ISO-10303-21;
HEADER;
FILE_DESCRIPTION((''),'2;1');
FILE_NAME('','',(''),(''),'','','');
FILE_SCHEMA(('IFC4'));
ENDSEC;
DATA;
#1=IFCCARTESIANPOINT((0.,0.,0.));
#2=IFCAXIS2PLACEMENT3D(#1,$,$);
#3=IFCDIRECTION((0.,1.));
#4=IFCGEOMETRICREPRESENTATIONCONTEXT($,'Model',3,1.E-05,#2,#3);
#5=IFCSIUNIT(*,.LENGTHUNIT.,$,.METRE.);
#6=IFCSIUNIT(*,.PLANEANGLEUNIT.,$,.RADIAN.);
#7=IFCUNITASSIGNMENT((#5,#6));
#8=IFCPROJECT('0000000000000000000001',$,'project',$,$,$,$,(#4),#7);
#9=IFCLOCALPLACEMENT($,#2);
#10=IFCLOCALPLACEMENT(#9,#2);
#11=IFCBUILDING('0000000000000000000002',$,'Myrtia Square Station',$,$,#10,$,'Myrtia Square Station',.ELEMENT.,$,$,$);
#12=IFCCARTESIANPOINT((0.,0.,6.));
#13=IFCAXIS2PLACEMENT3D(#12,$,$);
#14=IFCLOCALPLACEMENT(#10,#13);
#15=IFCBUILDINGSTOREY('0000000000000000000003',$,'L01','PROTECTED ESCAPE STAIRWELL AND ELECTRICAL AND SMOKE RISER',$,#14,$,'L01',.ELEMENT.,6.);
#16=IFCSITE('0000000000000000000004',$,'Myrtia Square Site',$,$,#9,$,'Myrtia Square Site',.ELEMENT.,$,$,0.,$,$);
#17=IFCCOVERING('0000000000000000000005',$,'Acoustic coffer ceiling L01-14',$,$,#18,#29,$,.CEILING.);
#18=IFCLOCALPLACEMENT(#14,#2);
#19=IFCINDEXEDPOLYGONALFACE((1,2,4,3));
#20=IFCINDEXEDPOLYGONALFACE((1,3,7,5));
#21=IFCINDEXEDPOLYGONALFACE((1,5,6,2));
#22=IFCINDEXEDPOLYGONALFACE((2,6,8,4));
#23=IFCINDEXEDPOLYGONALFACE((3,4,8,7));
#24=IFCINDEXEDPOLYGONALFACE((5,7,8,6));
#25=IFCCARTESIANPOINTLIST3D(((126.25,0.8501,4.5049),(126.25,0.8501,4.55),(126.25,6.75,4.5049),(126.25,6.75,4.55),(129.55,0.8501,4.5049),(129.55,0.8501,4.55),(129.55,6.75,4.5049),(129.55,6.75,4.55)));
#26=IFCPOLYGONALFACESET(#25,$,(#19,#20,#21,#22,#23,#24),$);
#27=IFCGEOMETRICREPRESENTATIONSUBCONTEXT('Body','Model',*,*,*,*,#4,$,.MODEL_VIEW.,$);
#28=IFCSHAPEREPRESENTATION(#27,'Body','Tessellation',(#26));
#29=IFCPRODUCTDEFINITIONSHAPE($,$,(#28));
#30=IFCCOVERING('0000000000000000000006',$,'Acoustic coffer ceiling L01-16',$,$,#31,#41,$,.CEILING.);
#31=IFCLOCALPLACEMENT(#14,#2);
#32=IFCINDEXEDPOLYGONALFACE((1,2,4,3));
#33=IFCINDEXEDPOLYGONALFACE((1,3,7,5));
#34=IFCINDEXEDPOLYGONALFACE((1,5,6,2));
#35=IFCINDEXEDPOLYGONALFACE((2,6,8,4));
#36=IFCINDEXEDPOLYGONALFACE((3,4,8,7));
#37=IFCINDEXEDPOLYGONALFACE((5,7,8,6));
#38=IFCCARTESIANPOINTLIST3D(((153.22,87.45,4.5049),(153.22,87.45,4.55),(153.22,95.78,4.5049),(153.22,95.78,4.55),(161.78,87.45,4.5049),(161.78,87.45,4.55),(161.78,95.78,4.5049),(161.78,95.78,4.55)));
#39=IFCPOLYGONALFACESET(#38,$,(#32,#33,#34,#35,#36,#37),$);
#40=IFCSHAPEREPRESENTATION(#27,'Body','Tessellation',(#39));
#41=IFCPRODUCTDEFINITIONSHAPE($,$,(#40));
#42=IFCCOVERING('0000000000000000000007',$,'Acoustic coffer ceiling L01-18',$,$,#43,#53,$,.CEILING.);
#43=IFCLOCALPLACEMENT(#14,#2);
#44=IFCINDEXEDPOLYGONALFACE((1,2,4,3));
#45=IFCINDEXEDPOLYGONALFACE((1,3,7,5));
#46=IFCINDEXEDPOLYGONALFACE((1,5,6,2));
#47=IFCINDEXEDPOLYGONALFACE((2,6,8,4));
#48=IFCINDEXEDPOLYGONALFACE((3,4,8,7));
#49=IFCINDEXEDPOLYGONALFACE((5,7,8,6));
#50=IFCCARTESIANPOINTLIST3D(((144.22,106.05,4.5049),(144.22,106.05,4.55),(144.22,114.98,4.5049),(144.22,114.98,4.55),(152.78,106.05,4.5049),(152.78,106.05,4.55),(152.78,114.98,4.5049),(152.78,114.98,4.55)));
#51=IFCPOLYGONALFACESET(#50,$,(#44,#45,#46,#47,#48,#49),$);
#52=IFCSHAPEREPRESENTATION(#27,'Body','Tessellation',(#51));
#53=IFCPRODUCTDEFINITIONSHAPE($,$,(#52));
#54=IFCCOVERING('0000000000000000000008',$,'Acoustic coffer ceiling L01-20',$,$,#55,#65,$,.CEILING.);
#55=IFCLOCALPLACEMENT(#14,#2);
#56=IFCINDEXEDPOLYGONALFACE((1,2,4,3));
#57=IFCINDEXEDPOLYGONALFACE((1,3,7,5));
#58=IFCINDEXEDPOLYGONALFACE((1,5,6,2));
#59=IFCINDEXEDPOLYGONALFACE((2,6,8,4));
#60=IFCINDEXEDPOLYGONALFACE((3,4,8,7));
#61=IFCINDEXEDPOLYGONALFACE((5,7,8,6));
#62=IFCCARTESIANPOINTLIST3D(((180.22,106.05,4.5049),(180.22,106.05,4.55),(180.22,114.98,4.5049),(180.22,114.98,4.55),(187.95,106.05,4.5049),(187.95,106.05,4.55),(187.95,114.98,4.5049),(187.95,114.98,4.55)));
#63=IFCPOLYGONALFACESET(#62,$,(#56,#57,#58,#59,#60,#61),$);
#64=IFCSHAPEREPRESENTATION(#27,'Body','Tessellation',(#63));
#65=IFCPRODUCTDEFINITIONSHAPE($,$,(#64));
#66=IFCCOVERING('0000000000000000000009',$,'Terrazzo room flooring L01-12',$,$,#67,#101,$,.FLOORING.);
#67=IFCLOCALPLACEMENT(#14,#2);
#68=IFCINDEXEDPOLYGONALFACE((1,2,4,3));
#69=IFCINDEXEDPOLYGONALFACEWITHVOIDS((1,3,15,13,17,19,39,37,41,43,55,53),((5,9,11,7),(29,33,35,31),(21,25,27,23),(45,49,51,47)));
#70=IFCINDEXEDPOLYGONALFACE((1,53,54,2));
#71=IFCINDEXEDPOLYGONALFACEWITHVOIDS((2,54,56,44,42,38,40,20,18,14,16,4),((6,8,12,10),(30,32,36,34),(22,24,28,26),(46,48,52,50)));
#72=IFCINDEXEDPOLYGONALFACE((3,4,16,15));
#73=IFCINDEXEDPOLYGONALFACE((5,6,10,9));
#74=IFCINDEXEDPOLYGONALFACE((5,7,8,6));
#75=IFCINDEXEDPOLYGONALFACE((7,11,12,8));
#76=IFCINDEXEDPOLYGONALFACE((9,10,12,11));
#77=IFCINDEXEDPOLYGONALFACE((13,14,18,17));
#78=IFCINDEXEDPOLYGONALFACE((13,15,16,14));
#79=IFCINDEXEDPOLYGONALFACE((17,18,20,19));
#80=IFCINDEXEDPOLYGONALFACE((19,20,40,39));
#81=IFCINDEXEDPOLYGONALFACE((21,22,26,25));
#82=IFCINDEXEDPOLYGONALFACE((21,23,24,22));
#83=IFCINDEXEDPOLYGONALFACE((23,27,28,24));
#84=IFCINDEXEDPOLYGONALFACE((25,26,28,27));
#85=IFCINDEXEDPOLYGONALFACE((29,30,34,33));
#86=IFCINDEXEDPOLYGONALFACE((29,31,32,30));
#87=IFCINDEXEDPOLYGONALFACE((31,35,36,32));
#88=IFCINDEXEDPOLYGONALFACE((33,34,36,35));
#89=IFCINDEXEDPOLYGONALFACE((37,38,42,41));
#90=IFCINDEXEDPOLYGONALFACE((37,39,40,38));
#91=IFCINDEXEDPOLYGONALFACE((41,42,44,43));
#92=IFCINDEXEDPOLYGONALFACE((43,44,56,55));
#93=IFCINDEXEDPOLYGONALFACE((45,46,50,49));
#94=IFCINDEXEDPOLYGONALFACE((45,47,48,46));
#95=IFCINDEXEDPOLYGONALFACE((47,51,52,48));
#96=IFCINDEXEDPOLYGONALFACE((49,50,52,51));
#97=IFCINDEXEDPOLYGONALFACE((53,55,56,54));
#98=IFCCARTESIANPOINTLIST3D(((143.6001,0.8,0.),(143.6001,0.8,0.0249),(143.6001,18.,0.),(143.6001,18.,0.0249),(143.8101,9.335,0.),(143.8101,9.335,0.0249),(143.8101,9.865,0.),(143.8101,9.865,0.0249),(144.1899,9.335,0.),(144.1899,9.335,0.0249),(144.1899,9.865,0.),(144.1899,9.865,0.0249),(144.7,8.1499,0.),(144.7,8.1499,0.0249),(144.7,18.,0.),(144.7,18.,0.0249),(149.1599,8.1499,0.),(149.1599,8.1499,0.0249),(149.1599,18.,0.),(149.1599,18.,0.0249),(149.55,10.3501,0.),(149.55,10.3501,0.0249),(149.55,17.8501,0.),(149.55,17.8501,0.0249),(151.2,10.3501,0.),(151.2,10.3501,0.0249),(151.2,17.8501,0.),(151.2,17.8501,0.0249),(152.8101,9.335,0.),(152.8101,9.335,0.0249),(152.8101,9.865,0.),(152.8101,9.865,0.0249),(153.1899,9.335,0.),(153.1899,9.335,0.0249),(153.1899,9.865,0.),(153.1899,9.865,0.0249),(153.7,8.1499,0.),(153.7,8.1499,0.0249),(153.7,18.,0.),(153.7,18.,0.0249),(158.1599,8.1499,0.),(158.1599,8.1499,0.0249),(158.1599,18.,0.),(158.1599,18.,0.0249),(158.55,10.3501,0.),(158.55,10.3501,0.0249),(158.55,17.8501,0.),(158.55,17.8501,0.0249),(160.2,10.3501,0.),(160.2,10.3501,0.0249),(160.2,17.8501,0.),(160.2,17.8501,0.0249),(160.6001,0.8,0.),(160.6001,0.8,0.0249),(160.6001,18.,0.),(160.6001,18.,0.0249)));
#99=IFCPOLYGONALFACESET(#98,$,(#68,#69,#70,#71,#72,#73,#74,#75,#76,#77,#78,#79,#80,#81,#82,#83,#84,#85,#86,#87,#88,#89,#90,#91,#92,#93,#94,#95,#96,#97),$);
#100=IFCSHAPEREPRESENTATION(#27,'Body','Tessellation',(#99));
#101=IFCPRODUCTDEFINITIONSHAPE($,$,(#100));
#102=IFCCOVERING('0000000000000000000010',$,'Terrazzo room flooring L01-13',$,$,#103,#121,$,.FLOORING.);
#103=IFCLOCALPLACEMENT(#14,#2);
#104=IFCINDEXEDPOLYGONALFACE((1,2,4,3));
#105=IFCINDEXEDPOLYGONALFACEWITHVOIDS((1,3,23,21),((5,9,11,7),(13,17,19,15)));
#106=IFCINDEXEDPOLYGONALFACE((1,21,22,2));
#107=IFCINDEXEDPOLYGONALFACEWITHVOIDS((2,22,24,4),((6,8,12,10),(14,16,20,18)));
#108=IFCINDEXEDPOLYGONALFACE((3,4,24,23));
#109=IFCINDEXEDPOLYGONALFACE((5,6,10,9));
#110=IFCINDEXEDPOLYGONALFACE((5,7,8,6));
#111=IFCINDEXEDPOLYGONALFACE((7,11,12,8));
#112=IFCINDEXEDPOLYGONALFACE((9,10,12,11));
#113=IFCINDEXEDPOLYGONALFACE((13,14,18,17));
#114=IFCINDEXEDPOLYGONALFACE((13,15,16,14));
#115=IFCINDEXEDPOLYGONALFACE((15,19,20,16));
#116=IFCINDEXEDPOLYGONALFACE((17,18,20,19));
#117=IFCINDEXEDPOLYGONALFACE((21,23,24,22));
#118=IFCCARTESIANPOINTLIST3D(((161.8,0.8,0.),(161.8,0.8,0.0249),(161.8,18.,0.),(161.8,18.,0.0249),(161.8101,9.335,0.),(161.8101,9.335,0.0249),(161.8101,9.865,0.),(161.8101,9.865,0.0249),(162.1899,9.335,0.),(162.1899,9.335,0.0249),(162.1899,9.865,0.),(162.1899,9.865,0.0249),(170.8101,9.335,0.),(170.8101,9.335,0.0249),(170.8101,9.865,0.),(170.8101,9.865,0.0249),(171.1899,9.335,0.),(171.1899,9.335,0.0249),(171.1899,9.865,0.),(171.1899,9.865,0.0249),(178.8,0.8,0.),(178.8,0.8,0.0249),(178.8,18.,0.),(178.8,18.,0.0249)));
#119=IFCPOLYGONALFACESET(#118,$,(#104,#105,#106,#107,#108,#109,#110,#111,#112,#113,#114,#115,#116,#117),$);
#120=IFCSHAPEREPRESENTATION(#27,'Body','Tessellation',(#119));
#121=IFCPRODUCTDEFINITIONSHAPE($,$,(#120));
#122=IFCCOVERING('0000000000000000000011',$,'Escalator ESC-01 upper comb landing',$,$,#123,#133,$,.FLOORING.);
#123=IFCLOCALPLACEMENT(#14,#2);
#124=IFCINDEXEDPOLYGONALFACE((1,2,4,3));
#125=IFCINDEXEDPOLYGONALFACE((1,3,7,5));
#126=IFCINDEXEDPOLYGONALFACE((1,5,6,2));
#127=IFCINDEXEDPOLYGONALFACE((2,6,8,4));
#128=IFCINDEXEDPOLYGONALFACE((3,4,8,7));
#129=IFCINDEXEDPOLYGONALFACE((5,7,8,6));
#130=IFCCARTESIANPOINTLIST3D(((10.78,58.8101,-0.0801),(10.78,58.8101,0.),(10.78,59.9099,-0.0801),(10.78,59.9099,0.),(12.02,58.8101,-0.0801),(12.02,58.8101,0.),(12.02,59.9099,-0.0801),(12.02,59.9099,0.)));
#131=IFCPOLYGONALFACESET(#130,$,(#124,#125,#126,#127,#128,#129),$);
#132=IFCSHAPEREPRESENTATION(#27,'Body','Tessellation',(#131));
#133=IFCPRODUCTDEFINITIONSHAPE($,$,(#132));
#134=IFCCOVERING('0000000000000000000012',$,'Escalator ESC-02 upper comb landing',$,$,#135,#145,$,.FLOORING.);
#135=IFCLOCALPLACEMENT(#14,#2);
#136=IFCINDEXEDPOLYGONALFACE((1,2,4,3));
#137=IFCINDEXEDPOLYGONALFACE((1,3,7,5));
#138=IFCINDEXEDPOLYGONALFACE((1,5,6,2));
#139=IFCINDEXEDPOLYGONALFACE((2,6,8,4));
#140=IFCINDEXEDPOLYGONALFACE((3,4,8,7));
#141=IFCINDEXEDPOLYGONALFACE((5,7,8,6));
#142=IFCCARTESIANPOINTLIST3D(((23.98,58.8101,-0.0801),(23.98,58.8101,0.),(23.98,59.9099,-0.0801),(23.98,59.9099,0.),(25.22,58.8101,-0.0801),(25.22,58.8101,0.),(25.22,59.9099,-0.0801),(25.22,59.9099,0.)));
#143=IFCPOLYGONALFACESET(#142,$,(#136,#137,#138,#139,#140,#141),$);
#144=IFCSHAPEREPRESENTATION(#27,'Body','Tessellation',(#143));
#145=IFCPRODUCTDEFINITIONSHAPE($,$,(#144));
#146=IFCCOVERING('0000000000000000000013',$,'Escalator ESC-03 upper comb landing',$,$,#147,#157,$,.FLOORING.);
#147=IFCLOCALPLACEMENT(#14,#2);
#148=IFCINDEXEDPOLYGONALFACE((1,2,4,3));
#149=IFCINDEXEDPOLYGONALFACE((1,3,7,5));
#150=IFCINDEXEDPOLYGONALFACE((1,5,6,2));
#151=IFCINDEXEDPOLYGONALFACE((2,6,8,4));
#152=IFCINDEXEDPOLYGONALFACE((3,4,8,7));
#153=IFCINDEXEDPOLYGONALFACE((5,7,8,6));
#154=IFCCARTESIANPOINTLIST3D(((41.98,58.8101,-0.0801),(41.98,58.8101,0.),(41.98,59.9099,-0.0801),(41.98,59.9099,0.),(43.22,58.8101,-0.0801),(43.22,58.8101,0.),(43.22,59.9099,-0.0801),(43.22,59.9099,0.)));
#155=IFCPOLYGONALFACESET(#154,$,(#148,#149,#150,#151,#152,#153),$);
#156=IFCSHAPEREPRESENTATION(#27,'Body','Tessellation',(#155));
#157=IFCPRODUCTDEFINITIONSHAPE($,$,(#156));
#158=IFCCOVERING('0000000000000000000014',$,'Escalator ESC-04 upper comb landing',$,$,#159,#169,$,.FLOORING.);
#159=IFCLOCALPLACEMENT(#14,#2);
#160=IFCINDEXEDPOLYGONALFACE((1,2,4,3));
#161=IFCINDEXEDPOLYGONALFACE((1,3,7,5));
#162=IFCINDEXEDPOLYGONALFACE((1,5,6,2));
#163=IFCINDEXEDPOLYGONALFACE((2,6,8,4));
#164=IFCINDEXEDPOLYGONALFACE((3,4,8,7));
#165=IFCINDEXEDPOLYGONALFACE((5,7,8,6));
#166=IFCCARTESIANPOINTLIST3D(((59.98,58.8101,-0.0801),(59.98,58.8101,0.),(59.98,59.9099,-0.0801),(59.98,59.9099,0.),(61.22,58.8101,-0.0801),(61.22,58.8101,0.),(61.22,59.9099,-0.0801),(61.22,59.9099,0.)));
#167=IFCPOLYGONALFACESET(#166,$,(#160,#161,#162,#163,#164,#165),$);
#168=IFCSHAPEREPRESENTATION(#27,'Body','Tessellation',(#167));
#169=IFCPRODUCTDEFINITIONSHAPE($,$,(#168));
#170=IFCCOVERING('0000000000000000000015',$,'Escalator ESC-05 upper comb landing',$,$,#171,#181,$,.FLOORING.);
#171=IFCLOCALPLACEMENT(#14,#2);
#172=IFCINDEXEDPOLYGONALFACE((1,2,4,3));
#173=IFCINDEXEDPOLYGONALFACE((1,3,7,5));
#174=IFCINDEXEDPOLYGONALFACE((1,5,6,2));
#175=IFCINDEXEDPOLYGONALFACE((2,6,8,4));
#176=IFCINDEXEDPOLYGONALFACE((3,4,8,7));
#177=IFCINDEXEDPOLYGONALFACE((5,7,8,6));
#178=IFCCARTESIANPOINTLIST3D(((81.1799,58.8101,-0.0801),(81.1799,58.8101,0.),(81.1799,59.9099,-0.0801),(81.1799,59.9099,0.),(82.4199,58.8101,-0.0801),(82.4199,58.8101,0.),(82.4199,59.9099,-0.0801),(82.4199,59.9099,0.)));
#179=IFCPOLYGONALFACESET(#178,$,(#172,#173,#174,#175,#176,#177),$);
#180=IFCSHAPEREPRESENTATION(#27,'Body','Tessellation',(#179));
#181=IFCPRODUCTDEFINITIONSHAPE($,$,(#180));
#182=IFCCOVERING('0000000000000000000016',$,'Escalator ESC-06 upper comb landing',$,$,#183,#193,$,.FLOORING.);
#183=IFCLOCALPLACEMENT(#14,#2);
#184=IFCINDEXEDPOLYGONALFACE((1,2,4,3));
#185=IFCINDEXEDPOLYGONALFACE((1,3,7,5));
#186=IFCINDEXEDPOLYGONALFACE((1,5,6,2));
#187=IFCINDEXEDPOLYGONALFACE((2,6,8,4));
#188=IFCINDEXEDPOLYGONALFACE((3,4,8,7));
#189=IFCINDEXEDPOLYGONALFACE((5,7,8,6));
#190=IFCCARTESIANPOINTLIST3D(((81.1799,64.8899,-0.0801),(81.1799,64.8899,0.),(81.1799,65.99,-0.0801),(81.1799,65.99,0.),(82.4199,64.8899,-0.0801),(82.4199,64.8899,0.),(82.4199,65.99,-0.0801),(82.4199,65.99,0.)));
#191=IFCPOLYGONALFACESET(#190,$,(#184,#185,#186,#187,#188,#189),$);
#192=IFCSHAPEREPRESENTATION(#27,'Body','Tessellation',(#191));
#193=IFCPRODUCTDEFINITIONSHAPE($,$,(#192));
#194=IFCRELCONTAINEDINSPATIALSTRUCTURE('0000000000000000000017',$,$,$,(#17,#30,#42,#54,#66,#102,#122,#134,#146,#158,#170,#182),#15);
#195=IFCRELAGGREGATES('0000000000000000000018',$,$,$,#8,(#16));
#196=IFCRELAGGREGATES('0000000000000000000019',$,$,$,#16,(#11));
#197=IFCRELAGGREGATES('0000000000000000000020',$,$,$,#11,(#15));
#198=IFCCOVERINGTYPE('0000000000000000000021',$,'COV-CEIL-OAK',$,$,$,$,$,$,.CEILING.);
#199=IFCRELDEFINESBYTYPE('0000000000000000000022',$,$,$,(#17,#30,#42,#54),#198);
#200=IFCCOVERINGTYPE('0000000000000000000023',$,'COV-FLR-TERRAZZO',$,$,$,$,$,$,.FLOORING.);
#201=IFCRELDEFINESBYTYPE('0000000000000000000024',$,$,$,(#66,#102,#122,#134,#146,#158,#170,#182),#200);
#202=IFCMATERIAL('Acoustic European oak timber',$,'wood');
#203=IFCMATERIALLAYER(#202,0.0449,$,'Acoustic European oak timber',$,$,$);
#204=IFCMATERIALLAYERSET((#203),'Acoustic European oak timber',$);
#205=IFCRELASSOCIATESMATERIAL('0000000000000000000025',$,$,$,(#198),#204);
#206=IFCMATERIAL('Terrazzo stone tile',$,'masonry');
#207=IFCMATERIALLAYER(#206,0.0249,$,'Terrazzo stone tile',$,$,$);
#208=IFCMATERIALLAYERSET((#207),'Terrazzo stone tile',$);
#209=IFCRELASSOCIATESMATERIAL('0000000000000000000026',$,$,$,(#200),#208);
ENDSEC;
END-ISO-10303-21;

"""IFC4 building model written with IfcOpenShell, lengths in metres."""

from ifc_helpers import new_model, si_unit, direction, frame, origin, place, context, subcontext, project, spatial, polyline, outline, extrude, material, layer, layer_set, type_object, element, save


model = new_model("IFC4")

# Units and contexts
model_context = context("Model", 3, precision=1e-05, world=origin(), true_north=direction((0.0, 1.0)))
body_context = subcontext(model_context, "Body", "Model", "MODEL_VIEW")
ifc_project = project(units=[si_unit("LENGTHUNIT", "METRE"), si_unit("PLANEANGLEUNIT", "RADIAN")], contexts=[model_context])

# Site, building, storey
site_placement = place(None, origin())
site = spatial("IfcSite", under=ifc_project, at=site_placement, Name="Myrtia Square Site", LongName="Myrtia Square Site", CompositionType="ELEMENT", RefElevation=0.0)
building_placement = place(site_placement, origin())
building = spatial("IfcBuilding", under=site, at=building_placement, Name="Myrtia Square Station", LongName="Myrtia Square Station", CompositionType="ELEMENT")
storey_placement = place(building_placement, frame((0.0, 0.0, 6.0)))
storey = spatial("IfcBuildingStorey", under=building, at=storey_placement, Name="L01", Description="PROTECTED ESCAPE STAIRWELL AND ELECTRICAL AND SMOKE RISER", LongName="L01", CompositionType="ELEMENT", Elevation=6.0)

# Coverings
ifc_material_1 = material(Name="Acoustic European oak timber", Category="wood")
ifc_layer_1 = layer(ifc_material_1, 0.0449, Name="Acoustic European oak timber")
ifc_layer_set_1 = layer_set([ifc_layer_1], Name="Acoustic European oak timber")
covering_type_1 = type_object("IfcCoveringType", Name="COV-CEIL-OAK", PredefinedType="CEILING", material=ifc_layer_set_1)
covering_1_placement = place(storey_placement, frame((0.0, 0.0, 4.5049)))
element("IfcCovering", 1, at=covering_1_placement, inside=storey, type_object=covering_type_1, Name="Acoustic coffer ceiling L01-14", PredefinedType="CEILING", context=body_context, shape_type="SweptSolid", body=[
    extrude(outline(polyline([(129.55, 6.75), (129.55, 0.8501), (126.25, 0.8501), (126.25, 6.75), (129.55, 6.75)])), origin(), (0.0, 0.0, 1.0), 0.0452),
])
covering_2_placement = place(storey_placement, frame((0.0, 0.0, 4.5049)))
element("IfcCovering", 2, at=covering_2_placement, inside=storey, type_object=covering_type_1, Name="Acoustic coffer ceiling L01-16", PredefinedType="CEILING", context=body_context, shape_type="SweptSolid", body=[
    extrude(outline(polyline([(153.22, 87.45), (153.22, 95.78), (161.78, 95.78), (161.78, 87.45), (153.22, 87.45)])), origin(), (0.0, 0.0, 1.0), 0.0452),
])
covering_3_placement = place(storey_placement, frame((0.0, 0.0, 4.5049)))
element("IfcCovering", 3, at=covering_3_placement, inside=storey, type_object=covering_type_1, Name="Acoustic coffer ceiling L01-18", PredefinedType="CEILING", context=body_context, shape_type="SweptSolid", body=[
    extrude(outline(polyline([(144.22, 106.05), (144.22, 114.98), (152.78, 114.98), (152.78, 106.05), (144.22, 106.05)])), origin(), (0.0, 0.0, 1.0), 0.0452),
])
covering_4_placement = place(storey_placement, frame((0.0, 0.0, 4.5049)))
element("IfcCovering", 4, at=covering_4_placement, inside=storey, type_object=covering_type_1, Name="Acoustic coffer ceiling L01-20", PredefinedType="CEILING", context=body_context, shape_type="SweptSolid", body=[
    extrude(outline(polyline([(187.95, 106.05), (180.22, 106.05), (180.22, 114.98), (187.95, 114.98), (187.95, 106.05)])), origin(), (0.0, 0.0, 1.0), 0.0452),
])
ifc_material_2 = material(Name="Terrazzo stone tile", Category="masonry")
ifc_layer_2 = layer(ifc_material_2, 0.0249, Name="Terrazzo stone tile")
ifc_layer_set_2 = layer_set([ifc_layer_2], Name="Terrazzo stone tile")
covering_type_2 = type_object("IfcCoveringType", Name="COV-FLR-TERRAZZO", PredefinedType="FLOORING", material=ifc_layer_set_2)
covering_5_placement = place(storey_placement, origin())
element("IfcCovering", 5, at=covering_5_placement, inside=storey, type_object=covering_type_2, Name="Terrazzo room flooring L01-12", PredefinedType="FLOORING", context=body_context, shape_type="SweptSolid", body=[
    extrude(outline(polyline([(143.6001, 18.0), (144.7, 18.0), (144.7, 8.1499), (149.1599, 8.1499), (149.1599, 18.0), (153.7, 18.0), (153.7, 8.1499), (158.1599, 8.1499), (158.1599, 18.0), (160.6001, 18.0), (160.6001, 0.8), (143.6001, 0.8), (143.6001, 18.0)]), holes=[polyline([(151.2, 10.3501), (151.2, 17.8501), (149.55, 17.8501), (149.55, 10.3501), (151.2, 10.3501)]), polyline([(158.55, 10.3501), (160.2, 10.3501), (160.2, 17.8501), (158.55, 17.8501), (158.55, 10.3501)]), polyline([(144.1899, 9.335), (144.1899, 9.865), (143.8101, 9.865), (143.8101, 9.335), (144.1899, 9.335)]), polyline([(153.1899, 9.865), (152.8101, 9.865), (152.8101, 9.335), (153.1899, 9.335), (153.1899, 9.865)])]), origin(), (0.0, 0.0, 1.0), 0.0249),
])
covering_6_placement = place(storey_placement, origin())
element("IfcCovering", 6, at=covering_6_placement, inside=storey, type_object=covering_type_2, Name="Terrazzo room flooring L01-13", PredefinedType="FLOORING", context=body_context, shape_type="SweptSolid", body=[
    extrude(outline(polyline([(161.8, 18.0), (178.8, 18.0), (178.8, 0.8), (161.8, 0.8), (161.8, 18.0)]), holes=[polyline([(162.1899, 9.865), (161.8101, 9.865), (161.8101, 9.335), (162.1899, 9.335), (162.1899, 9.865)]), polyline([(171.1899, 9.335), (171.1899, 9.865), (170.8101, 9.865), (170.8101, 9.335), (171.1899, 9.335)])]), origin(), (0.0, 0.0, 1.0), 0.0249),
])
covering_7_placement = place(storey_placement, frame((0.0, 0.0, -0.0801)))
element("IfcCovering", 7, at=covering_7_placement, inside=storey, type_object=covering_type_2, Name="Escalator ESC-01 upper comb landing", PredefinedType="FLOORING", context=body_context, shape_type="SweptSolid", body=[
    extrude(outline(polyline([(10.78, 58.8101), (12.02, 58.8101), (12.02, 59.9099), (10.78, 59.9099), (10.78, 58.8101)])), origin(), (0.0, 0.0, 1.0), 0.0801),
])
covering_8_placement = place(storey_placement, frame((0.0, 0.0, -0.0801)))
element("IfcCovering", 8, at=covering_8_placement, inside=storey, type_object=covering_type_2, Name="Escalator ESC-02 upper comb landing", PredefinedType="FLOORING", context=body_context, shape_type="SweptSolid", body=[
    extrude(outline(polyline([(23.98, 58.8101), (25.22, 58.8101), (25.22, 59.9099), (23.98, 59.9099), (23.98, 58.8101)])), origin(), (0.0, 0.0, 1.0), 0.0801),
])
covering_9_placement = place(storey_placement, frame((0.0, 0.0, -0.0801)))
element("IfcCovering", 9, at=covering_9_placement, inside=storey, type_object=covering_type_2, Name="Escalator ESC-03 upper comb landing", PredefinedType="FLOORING", context=body_context, shape_type="SweptSolid", body=[
    extrude(outline(polyline([(41.98, 58.8101), (43.22, 58.8101), (43.22, 59.9099), (41.98, 59.9099), (41.98, 58.8101)])), origin(), (0.0, 0.0, 1.0), 0.0801),
])
covering_10_placement = place(storey_placement, frame((0.0, 0.0, -0.0801)))
element("IfcCovering", 10, at=covering_10_placement, inside=storey, type_object=covering_type_2, Name="Escalator ESC-04 upper comb landing", PredefinedType="FLOORING", context=body_context, shape_type="SweptSolid", body=[
    extrude(outline(polyline([(59.98, 58.8101), (61.22, 58.8101), (61.22, 59.9099), (59.98, 59.9099), (59.98, 58.8101)])), origin(), (0.0, 0.0, 1.0), 0.0801),
])
covering_11_placement = place(storey_placement, frame((0.0, 0.0, -0.0801)))
element("IfcCovering", 11, at=covering_11_placement, inside=storey, type_object=covering_type_2, Name="Escalator ESC-05 upper comb landing", PredefinedType="FLOORING", context=body_context, shape_type="SweptSolid", body=[
    extrude(outline(polyline([(81.1799, 58.8101), (82.4199, 58.8101), (82.4199, 59.9099), (81.1799, 59.9099), (81.1799, 58.8101)])), origin(), (0.0, 0.0, 1.0), 0.0801),
])
covering_12_placement = place(storey_placement, frame((0.0, 0.0, -0.0801)))
element("IfcCovering", 12, at=covering_12_placement, inside=storey, type_object=covering_type_2, Name="Escalator ESC-06 upper comb landing", PredefinedType="FLOORING", context=body_context, shape_type="SweptSolid", body=[
    extrude(outline(polyline([(81.1799, 64.8899), (82.4199, 64.8899), (82.4199, 65.99), (81.1799, 65.99), (81.1799, 64.8899)])), origin(), (0.0, 0.0, 1.0), 0.0801),
])

save(model, "model.ifc")
